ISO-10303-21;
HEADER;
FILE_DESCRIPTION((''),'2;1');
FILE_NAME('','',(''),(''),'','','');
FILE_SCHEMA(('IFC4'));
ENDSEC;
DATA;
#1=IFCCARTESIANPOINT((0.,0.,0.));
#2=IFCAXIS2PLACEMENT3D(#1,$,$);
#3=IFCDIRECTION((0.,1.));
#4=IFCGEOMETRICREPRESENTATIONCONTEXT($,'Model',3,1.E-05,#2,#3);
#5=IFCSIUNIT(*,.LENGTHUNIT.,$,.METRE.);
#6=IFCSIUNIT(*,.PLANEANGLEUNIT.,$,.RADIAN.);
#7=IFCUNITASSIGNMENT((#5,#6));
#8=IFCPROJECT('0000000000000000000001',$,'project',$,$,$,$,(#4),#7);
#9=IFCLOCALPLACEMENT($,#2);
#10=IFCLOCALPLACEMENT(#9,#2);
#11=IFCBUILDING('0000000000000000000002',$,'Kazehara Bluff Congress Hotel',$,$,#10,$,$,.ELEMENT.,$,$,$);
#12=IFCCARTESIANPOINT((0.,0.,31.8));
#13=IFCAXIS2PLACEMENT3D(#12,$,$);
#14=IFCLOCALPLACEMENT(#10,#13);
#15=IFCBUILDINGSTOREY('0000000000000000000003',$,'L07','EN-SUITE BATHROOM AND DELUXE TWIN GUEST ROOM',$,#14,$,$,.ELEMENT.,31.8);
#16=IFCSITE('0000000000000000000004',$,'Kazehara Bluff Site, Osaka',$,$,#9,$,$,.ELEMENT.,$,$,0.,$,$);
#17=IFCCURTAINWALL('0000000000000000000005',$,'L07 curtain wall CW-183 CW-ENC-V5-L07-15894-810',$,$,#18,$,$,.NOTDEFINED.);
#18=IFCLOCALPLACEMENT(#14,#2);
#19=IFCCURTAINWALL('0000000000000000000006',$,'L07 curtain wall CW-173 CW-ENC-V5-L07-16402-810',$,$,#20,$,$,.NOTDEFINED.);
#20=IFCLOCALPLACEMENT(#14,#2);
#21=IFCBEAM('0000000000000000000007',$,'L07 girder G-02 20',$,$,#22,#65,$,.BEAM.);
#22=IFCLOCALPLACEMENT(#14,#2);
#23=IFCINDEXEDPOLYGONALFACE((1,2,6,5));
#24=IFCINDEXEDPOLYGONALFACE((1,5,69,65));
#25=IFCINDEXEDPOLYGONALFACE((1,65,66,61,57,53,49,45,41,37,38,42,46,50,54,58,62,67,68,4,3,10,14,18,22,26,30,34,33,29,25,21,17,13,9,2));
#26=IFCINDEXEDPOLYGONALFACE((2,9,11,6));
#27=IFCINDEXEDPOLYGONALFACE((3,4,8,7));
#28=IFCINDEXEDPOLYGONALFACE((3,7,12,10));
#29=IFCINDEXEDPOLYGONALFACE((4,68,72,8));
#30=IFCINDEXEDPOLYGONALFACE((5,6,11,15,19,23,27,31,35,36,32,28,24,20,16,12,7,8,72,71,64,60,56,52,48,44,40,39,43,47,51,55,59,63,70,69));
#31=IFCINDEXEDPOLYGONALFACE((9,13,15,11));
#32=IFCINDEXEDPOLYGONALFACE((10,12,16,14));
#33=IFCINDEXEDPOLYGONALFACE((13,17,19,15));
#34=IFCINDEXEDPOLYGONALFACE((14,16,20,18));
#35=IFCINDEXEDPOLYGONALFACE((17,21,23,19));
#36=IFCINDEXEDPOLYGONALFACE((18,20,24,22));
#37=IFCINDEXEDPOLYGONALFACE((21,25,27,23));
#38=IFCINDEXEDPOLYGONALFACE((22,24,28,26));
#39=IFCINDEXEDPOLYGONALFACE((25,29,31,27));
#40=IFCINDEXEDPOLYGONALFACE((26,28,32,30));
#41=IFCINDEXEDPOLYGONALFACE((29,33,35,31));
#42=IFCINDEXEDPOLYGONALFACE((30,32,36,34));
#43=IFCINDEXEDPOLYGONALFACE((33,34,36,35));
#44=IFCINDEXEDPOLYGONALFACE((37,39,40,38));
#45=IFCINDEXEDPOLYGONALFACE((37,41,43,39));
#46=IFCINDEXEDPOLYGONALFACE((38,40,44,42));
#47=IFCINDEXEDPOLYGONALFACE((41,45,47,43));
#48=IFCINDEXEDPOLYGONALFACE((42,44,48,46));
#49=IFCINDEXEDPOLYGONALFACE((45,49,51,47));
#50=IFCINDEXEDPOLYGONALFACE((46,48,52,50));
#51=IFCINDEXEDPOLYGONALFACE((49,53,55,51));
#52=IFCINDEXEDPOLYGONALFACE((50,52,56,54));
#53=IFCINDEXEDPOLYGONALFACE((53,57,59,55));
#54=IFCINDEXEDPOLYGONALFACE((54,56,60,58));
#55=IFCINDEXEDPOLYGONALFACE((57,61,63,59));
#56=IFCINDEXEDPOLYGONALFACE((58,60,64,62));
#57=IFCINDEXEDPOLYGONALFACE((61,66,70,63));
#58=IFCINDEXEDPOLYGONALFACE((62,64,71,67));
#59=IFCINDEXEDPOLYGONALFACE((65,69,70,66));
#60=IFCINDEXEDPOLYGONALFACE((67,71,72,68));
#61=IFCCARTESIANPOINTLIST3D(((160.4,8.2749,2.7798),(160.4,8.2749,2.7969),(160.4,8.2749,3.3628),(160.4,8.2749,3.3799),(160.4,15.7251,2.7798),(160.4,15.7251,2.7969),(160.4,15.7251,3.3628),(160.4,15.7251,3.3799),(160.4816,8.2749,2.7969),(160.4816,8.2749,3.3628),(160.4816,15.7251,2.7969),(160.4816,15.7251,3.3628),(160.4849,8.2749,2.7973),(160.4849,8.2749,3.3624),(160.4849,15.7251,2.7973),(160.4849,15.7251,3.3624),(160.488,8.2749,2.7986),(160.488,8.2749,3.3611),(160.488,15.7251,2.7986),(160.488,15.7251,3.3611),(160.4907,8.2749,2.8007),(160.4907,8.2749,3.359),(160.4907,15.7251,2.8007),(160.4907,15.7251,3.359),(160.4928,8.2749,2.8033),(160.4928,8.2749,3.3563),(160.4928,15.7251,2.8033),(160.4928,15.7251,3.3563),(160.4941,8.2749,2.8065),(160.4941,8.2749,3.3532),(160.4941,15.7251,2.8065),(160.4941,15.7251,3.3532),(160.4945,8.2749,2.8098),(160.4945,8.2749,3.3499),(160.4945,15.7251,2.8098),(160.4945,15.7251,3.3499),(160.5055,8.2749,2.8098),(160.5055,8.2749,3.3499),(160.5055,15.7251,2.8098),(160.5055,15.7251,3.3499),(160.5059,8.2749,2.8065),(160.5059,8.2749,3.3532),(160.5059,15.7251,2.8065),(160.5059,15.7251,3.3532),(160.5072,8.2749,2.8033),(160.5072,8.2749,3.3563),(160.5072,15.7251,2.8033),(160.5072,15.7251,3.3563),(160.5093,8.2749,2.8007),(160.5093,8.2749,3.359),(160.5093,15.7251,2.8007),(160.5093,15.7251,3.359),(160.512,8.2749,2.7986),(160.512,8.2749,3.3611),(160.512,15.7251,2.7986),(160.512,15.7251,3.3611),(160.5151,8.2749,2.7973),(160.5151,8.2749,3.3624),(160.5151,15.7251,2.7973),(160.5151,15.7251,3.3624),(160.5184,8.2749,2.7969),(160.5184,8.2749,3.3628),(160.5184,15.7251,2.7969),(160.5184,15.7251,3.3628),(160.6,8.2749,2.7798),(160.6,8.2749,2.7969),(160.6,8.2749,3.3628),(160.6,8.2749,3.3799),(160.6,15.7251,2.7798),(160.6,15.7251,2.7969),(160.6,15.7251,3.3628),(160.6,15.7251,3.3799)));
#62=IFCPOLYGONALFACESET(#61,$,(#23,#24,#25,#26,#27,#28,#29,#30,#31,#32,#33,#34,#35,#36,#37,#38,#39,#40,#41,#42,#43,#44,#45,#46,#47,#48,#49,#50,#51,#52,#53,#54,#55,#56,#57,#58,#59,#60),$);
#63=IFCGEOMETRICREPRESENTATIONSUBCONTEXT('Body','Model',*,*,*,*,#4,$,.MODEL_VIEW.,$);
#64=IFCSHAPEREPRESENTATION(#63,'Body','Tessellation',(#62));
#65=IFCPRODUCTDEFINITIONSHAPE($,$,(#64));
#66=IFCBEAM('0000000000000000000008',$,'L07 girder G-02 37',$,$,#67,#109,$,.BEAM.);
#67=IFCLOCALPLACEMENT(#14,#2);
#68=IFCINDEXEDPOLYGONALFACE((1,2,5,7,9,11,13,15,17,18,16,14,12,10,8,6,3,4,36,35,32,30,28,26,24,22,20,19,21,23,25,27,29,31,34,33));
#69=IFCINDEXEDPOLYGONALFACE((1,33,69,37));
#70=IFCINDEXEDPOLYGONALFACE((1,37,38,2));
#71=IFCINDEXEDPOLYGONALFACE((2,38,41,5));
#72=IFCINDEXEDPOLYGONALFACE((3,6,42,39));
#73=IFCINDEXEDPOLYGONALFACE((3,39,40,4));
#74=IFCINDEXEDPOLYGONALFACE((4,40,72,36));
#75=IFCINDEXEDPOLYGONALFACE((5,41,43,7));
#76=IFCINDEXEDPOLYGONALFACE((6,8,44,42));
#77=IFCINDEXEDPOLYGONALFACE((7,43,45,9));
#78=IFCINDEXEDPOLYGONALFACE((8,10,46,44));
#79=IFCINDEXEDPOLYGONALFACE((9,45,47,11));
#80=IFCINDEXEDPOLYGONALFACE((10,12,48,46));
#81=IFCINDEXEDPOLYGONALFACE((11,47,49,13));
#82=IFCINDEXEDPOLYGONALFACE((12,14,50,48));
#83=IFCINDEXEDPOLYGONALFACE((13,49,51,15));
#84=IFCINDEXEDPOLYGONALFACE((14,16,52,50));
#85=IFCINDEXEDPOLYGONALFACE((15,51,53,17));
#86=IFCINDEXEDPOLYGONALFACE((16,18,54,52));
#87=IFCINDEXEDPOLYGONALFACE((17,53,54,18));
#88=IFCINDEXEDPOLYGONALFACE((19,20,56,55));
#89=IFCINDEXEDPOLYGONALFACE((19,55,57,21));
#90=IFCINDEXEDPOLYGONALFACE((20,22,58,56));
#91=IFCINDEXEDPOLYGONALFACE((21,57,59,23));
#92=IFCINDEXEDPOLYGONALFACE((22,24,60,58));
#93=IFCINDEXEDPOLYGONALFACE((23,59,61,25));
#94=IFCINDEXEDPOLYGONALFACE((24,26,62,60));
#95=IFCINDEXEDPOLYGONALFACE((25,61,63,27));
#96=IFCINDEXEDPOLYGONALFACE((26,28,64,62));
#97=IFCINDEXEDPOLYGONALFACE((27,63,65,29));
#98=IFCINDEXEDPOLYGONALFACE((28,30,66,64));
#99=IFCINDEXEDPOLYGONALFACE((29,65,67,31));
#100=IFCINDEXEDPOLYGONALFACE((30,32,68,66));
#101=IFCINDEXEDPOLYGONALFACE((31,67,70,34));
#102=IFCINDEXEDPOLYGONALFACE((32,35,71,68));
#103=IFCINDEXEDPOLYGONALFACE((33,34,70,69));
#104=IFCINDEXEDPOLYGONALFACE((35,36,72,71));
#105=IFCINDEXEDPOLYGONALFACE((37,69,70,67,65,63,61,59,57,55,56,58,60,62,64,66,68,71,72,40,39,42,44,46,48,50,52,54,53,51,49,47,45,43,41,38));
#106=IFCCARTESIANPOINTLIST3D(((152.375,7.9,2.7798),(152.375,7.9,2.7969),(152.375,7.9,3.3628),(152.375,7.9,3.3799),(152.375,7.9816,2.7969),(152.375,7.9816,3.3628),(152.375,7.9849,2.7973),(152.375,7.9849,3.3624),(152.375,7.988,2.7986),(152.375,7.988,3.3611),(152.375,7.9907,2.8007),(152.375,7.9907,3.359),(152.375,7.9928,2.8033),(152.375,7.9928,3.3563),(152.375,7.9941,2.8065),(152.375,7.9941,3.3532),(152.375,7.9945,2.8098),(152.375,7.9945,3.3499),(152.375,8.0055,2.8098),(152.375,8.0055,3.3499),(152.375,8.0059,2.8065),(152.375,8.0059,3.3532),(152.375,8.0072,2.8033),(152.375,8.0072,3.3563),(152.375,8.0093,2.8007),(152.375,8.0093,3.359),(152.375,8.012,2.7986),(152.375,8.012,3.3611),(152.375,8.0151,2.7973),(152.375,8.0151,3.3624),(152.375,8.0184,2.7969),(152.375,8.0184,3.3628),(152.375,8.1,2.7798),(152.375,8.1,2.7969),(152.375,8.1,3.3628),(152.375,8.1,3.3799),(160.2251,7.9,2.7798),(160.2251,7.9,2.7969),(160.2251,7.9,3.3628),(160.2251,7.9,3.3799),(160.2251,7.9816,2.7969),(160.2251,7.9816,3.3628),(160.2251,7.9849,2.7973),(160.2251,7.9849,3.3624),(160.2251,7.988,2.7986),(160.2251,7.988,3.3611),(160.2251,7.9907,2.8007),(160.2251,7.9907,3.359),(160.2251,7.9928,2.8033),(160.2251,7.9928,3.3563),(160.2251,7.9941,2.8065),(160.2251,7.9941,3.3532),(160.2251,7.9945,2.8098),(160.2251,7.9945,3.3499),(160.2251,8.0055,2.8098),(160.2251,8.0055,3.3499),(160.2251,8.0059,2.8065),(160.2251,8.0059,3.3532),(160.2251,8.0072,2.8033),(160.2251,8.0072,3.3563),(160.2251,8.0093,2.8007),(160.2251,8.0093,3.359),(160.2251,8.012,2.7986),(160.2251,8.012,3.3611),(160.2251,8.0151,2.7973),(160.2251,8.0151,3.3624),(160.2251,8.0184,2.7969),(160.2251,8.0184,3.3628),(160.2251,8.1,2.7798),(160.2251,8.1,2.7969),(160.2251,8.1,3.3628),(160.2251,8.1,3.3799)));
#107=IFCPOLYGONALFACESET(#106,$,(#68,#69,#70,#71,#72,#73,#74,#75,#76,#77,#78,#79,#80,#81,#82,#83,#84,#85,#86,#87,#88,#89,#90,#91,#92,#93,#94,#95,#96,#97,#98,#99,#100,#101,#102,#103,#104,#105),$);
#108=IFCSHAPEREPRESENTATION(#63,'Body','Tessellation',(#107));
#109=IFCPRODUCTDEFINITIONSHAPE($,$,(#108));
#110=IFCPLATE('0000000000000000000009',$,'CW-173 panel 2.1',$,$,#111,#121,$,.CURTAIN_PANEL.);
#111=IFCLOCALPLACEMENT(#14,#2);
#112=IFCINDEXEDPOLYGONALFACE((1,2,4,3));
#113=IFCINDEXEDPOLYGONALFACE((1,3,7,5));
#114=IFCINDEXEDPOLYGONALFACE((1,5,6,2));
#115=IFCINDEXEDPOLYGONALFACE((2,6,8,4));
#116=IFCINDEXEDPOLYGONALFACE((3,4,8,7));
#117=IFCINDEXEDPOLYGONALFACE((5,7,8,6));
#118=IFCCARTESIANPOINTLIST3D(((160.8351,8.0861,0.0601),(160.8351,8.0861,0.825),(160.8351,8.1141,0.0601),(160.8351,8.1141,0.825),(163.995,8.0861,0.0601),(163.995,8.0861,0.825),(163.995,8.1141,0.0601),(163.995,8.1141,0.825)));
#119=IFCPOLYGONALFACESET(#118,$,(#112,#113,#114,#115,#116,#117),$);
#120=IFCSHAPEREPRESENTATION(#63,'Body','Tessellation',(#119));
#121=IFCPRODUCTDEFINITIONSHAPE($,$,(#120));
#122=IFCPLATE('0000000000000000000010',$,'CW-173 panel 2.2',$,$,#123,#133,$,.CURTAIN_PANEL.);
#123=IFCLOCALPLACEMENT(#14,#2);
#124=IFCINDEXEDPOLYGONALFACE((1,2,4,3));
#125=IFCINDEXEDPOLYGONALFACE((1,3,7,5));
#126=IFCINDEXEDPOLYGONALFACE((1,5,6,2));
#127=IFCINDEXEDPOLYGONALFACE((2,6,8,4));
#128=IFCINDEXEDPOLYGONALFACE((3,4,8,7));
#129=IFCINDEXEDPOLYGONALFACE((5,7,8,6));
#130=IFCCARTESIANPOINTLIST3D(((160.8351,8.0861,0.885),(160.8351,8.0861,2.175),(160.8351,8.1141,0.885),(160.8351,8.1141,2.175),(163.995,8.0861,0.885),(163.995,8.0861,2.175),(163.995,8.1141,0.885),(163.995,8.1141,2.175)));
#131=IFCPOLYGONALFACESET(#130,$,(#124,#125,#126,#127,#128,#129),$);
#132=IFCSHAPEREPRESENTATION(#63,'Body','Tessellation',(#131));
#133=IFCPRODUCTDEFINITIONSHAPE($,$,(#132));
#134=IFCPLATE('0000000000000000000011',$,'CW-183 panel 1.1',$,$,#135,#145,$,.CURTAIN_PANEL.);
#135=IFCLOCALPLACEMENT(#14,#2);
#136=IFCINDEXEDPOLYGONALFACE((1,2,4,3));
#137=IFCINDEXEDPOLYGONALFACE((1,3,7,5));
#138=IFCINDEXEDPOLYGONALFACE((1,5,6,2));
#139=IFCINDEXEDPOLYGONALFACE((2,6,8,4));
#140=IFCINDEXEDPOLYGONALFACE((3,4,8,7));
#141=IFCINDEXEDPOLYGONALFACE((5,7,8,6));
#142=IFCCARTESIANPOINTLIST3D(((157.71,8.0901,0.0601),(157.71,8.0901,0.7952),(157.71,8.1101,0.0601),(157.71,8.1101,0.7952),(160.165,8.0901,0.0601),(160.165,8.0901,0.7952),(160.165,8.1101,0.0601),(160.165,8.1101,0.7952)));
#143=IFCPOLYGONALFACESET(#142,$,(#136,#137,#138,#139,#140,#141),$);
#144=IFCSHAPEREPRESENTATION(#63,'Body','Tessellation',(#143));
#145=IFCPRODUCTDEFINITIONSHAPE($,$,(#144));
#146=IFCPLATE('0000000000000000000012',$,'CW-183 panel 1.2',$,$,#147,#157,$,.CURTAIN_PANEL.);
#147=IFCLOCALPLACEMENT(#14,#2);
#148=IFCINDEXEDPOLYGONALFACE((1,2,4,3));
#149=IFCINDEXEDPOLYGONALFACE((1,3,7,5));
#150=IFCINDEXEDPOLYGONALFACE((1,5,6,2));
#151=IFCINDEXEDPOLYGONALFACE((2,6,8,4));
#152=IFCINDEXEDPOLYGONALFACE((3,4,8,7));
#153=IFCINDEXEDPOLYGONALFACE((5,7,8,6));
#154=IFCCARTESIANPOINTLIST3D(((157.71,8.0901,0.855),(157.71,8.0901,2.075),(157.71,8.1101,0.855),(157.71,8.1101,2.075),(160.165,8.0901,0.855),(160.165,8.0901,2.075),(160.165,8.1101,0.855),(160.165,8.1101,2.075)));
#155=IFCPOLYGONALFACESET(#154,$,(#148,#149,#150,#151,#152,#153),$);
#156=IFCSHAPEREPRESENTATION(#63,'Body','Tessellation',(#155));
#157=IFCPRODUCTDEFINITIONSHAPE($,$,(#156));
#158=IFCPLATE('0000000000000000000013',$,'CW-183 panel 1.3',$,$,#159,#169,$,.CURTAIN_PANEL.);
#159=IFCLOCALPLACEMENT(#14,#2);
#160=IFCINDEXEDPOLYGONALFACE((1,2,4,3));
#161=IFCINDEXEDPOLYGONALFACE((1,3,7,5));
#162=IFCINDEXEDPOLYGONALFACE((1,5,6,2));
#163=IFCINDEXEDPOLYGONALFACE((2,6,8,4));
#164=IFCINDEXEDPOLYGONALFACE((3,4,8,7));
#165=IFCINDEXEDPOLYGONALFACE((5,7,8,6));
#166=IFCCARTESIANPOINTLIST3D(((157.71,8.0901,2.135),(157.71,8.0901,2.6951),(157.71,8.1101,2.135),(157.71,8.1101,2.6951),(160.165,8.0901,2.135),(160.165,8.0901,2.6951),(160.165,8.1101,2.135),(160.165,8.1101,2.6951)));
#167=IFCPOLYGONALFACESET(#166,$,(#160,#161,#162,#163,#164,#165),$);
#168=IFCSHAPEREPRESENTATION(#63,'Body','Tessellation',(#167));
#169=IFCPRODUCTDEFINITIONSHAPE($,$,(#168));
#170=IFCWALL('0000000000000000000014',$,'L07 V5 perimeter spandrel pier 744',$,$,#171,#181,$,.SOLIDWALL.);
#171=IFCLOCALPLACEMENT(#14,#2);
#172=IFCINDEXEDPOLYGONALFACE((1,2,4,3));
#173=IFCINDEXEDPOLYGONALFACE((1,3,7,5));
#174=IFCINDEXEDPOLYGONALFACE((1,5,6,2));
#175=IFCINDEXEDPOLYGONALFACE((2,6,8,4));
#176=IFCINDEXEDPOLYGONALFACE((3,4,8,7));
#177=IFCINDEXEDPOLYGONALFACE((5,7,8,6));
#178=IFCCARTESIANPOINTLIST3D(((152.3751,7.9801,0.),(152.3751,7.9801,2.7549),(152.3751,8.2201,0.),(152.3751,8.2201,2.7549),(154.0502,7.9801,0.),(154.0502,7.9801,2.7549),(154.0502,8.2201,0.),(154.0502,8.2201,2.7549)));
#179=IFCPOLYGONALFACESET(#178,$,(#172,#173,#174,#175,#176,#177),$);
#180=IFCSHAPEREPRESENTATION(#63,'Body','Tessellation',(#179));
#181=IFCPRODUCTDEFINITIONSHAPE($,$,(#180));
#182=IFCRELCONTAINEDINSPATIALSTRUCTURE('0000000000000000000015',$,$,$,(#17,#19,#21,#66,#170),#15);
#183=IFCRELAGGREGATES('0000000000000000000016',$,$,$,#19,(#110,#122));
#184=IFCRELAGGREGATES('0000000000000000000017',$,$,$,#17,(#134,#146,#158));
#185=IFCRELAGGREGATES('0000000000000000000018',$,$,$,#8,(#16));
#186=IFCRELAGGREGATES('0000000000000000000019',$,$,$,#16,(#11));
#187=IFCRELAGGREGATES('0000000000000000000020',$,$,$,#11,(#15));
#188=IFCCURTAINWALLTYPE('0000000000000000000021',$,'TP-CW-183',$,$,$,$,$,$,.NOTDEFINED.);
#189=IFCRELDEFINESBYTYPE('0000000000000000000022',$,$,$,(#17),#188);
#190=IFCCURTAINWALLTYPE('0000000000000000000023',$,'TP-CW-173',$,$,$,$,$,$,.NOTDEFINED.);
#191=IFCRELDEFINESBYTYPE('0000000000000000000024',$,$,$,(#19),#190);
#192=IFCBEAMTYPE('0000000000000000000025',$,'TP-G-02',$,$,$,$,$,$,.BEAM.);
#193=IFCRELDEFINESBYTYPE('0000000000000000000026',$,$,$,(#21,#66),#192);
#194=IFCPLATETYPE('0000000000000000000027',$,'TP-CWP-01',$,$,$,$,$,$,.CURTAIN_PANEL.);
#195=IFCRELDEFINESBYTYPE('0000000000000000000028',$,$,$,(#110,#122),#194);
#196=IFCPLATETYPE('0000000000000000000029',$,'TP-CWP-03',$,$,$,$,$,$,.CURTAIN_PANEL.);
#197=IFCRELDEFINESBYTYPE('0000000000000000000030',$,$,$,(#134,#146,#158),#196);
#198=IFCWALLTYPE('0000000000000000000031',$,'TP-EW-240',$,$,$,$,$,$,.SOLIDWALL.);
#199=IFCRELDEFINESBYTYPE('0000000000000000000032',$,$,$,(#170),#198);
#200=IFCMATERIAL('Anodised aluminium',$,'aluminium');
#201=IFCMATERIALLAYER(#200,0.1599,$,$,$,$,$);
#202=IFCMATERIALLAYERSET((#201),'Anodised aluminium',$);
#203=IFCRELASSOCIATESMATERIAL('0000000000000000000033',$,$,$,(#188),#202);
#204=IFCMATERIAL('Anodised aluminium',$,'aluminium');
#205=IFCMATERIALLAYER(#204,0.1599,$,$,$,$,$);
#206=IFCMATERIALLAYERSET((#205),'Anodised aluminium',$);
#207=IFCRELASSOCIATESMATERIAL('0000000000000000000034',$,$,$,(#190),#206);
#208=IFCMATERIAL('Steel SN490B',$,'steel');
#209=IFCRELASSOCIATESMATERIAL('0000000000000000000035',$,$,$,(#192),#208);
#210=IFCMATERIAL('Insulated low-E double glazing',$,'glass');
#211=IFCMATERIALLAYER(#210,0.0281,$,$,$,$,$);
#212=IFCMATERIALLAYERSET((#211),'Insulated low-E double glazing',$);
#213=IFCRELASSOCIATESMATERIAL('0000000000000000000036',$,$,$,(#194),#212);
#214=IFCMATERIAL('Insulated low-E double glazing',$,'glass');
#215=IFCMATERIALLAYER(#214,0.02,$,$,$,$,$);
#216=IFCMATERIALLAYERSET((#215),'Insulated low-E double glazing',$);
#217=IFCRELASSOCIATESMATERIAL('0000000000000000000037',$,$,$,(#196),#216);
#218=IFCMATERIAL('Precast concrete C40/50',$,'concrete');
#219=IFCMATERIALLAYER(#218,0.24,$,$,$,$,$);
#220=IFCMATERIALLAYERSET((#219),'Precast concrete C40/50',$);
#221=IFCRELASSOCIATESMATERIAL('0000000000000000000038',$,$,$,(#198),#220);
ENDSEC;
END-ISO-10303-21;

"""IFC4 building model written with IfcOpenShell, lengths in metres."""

from ifc_helpers import new_model, si_unit, direction, frame, frame_2d, origin, origin_2d, place, context, subcontext, project, spatial, rectangle, i_section, extrude, material, layer, layer_set, material_profile, profile_set, type_object, element, aggregate, save


model = new_model("IFC4")

# Units and contexts
model_context = context("Model", 3, precision=1e-05, world=origin(), true_north=direction((0.0, 1.0)))
body_context = subcontext(model_context, "Body", "Model", "MODEL_VIEW")
ifc_project = project(units=[si_unit("LENGTHUNIT", "METRE"), si_unit("PLANEANGLEUNIT", "RADIAN")], contexts=[model_context])

# Site, building, storey
site_placement = place(None, origin())
site = spatial("IfcSite", under=ifc_project, at=site_placement, Name="Kazehara Bluff Site, Osaka", CompositionType="ELEMENT", RefElevation=0.0)
building_placement = place(site_placement, origin())
building = spatial("IfcBuilding", under=site, at=building_placement, Name="Kazehara Bluff Congress Hotel", CompositionType="ELEMENT")
storey_placement = place(building_placement, frame((0.0, 0.0, 31.8)))
storey = spatial("IfcBuildingStorey", under=building, at=storey_placement, Name="L07", Description="EN-SUITE BATHROOM AND DELUXE TWIN GUEST ROOM", CompositionType="ELEMENT", Elevation=31.8)

# Curtain wall
ifc_material_1 = material(Name="Anodised aluminium", Category="aluminium")
ifc_layer_1 = layer(ifc_material_1, 0.1599)
ifc_layer_set_1 = layer_set([ifc_layer_1], Name="Anodised aluminium")
curtain_wall_type_1 = type_object("IfcCurtainWallType", Name="TP-CW-183", PredefinedType="NOTDEFINED", material=ifc_layer_set_1)
curtain_wall_1_placement = place(storey_placement, origin())
curtain_wall_1 = element("IfcCurtainWall", 1, at=curtain_wall_1_placement, inside=storey, type_object=curtain_wall_type_1, Name="L07 curtain wall CW-183 CW-ENC-V5-L07-15894-810", PredefinedType="NOTDEFINED")

# Curtain wall
ifc_material_2 = material(Name="Anodised aluminium", Category="aluminium")
ifc_layer_2 = layer(ifc_material_2, 0.1599)
ifc_layer_set_2 = layer_set([ifc_layer_2], Name="Anodised aluminium")
curtain_wall_type_2 = type_object("IfcCurtainWallType", Name="TP-CW-173", PredefinedType="NOTDEFINED", material=ifc_layer_set_2)
curtain_wall_2_placement = place(storey_placement, origin())
curtain_wall_2 = element("IfcCurtainWall", 2, at=curtain_wall_2_placement, inside=storey, type_object=curtain_wall_type_2, Name="L07 curtain wall CW-173 CW-ENC-V5-L07-16402-810", PredefinedType="NOTDEFINED")

# Beams
ifc_material_3 = material(Name="Steel SN490B", Category="steel")
ifc_material_profile_1 = material_profile(ifc_material_3, i_section(OverallWidth=0.2, OverallDepth=0.6001, WebThickness=0.011, FlangeThickness=0.0171, FilletRadius=0.0129, at=origin_2d()))
ifc_profile_set_1 = profile_set([ifc_material_profile_1], Name="Steel SN490B")
beam_type_1 = type_object("IfcBeamType", Name="TP-G-02", PredefinedType="BEAM", material=ifc_profile_set_1)
beam_1_placement = place(storey_placement, frame((160.5, 8.2749, 3.0798), z_axis=(0.0, 1.0, 0.0), x_axis=(-1.0, 0.0, 0.0)))
element("IfcBeam", 3, at=beam_1_placement, inside=storey, type_object=beam_type_1, Name="L07 girder G-02 20", PredefinedType="BEAM", context=body_context, shape_type="SweptSolid", body=[
    extrude(i_section(OverallWidth=0.2, OverallDepth=0.6001, WebThickness=0.011, FlangeThickness=0.0171, FilletRadius=0.0129, at=origin_2d()), origin(), (0.0, 0.0, 1.0), 7.4502),
])
beam_2_placement = place(storey_placement, frame((152.375, 8.0, 3.0798), z_axis=(1.0, 0.0, 0.0), x_axis=(0.0, 1.0, 0.0)))
element("IfcBeam", 4, at=beam_2_placement, inside=storey, type_object=beam_type_1, Name="L07 girder G-02 37", PredefinedType="BEAM", context=body_context, shape_type="SweptSolid", body=[
    extrude(i_section(OverallWidth=0.2, OverallDepth=0.6001, WebThickness=0.011, FlangeThickness=0.0171, FilletRadius=0.0129, at=origin_2d()), origin(), (0.0, 0.0, 1.0), 7.8501),
])

# Plates
ifc_material_4 = material(Name="Insulated low-E double glazing", Category="glass")
ifc_layer_3 = layer(ifc_material_4, 0.0281)
ifc_layer_set_3 = layer_set([ifc_layer_3], Name="Insulated low-E double glazing")
plate_type_1 = type_object("IfcPlateType", Name="TP-CWP-01", PredefinedType="CURTAIN_PANEL", material=ifc_layer_set_3)
plate_1_placement = place(storey_placement, frame((162.415, 8.1001, 0.0601), z_axis=(0.0, 0.0, 1.0), x_axis=(-1.0, 0.0, 0.0)))
plate_1 = element("IfcPlate", 5, at=plate_1_placement, type_object=plate_type_1, Name="CW-173 panel 2.1", PredefinedType="CURTAIN_PANEL", context=body_context, shape_type="SweptSolid", body=[
    extrude(rectangle(XDim=3.1599, YDim=0.0281, at=origin_2d()), origin(), (0.0, 0.0, 1.0), 0.7649),
])
plate_2_placement = place(storey_placement, frame((162.415, 8.1001, 0.885), z_axis=(0.0, 0.0, 1.0), x_axis=(-1.0, 0.0, 0.0)))
plate_2 = element("IfcPlate", 6, at=plate_2_placement, type_object=plate_type_1, Name="CW-173 panel 2.2", PredefinedType="CURTAIN_PANEL", context=body_context, shape_type="SweptSolid", body=[
    extrude(rectangle(XDim=3.1599, YDim=0.0281, at=origin_2d()), origin(), (0.0, 0.0, 1.0), 1.29),
])
aggregate(curtain_wall_2, [plate_1, plate_2])
ifc_material_5 = material(Name="Insulated low-E double glazing", Category="glass")
ifc_layer_4 = layer(ifc_material_5, 0.02)
ifc_layer_set_4 = layer_set([ifc_layer_4], Name="Insulated low-E double glazing")
plate_type_2 = type_object("IfcPlateType", Name="TP-CWP-03", PredefinedType="CURTAIN_PANEL", material=ifc_layer_set_4)
plate_3_placement = place(storey_placement, frame((158.9375, 8.1001, 0.0601), z_axis=(0.0, 0.0, 1.0), x_axis=(-1.0, 0.0, 0.0)))
plate_3 = element("IfcPlate", 7, at=plate_3_placement, type_object=plate_type_2, Name="CW-183 panel 1.1", PredefinedType="CURTAIN_PANEL", context=body_context, shape_type="SweptSolid", body=[
    extrude(rectangle(XDim=2.4551, YDim=0.02, at=origin_2d()), origin(), (0.0, 0.0, 1.0), 0.7351),
])
plate_4_placement = place(storey_placement, frame((158.9375, 8.1001, 0.855), z_axis=(0.0, 0.0, 1.0), x_axis=(-1.0, 0.0, 0.0)))
plate_4 = element("IfcPlate", 8, at=plate_4_placement, type_object=plate_type_2, Name="CW-183 panel 1.2", PredefinedType="CURTAIN_PANEL", context=body_context, shape_type="SweptSolid", body=[
    extrude(rectangle(XDim=2.4551, YDim=0.02, at=origin_2d()), origin(), (0.0, 0.0, 1.0), 1.22),
])
plate_5_placement = place(storey_placement, frame((158.9375, 8.1001, 2.135), z_axis=(0.0, 0.0, 1.0), x_axis=(-1.0, 0.0, 0.0)))
plate_5 = element("IfcPlate", 9, at=plate_5_placement, type_object=plate_type_2, Name="CW-183 panel 1.3", PredefinedType="CURTAIN_PANEL", context=body_context, shape_type="SweptSolid", body=[
    extrude(rectangle(XDim=2.4551, YDim=0.02, at=origin_2d()), origin(), (0.0, 0.0, 1.0), 0.5601),
])
aggregate(curtain_wall_1, [plate_3, plate_4, plate_5])

# Shared definitions
ifc_material_6 = material(Name="Precast concrete C40/50", Category="concrete")
ifc_layer_5 = layer(ifc_material_6, 0.24)
ifc_layer_set_5 = layer_set([ifc_layer_5], Name="Precast concrete C40/50")
wall_type_1 = type_object("IfcWallType", Name="TP-EW-240", PredefinedType="SOLIDWALL", material=ifc_layer_set_5)

# Wall
wall_1_placement = place(storey_placement, frame((154.05, 8.1001, 0.0), z_axis=(0.0, 0.0, 1.0), x_axis=(-1.0, 0.0, 0.0)))
element("IfcWall", 10, at=wall_1_placement, inside=storey, type_object=wall_type_1, Name="L07 V5 perimeter spandrel pier 744", PredefinedType="SOLIDWALL", context=body_context, shape_type="SweptSolid", body=[
    extrude(rectangle(XDim=1.675, YDim=0.24, at=frame_2d((0.8374, 0.0))), origin(), (0.0, 0.0, 1.0), 2.7549),
])

save(model, "model.ifc")
